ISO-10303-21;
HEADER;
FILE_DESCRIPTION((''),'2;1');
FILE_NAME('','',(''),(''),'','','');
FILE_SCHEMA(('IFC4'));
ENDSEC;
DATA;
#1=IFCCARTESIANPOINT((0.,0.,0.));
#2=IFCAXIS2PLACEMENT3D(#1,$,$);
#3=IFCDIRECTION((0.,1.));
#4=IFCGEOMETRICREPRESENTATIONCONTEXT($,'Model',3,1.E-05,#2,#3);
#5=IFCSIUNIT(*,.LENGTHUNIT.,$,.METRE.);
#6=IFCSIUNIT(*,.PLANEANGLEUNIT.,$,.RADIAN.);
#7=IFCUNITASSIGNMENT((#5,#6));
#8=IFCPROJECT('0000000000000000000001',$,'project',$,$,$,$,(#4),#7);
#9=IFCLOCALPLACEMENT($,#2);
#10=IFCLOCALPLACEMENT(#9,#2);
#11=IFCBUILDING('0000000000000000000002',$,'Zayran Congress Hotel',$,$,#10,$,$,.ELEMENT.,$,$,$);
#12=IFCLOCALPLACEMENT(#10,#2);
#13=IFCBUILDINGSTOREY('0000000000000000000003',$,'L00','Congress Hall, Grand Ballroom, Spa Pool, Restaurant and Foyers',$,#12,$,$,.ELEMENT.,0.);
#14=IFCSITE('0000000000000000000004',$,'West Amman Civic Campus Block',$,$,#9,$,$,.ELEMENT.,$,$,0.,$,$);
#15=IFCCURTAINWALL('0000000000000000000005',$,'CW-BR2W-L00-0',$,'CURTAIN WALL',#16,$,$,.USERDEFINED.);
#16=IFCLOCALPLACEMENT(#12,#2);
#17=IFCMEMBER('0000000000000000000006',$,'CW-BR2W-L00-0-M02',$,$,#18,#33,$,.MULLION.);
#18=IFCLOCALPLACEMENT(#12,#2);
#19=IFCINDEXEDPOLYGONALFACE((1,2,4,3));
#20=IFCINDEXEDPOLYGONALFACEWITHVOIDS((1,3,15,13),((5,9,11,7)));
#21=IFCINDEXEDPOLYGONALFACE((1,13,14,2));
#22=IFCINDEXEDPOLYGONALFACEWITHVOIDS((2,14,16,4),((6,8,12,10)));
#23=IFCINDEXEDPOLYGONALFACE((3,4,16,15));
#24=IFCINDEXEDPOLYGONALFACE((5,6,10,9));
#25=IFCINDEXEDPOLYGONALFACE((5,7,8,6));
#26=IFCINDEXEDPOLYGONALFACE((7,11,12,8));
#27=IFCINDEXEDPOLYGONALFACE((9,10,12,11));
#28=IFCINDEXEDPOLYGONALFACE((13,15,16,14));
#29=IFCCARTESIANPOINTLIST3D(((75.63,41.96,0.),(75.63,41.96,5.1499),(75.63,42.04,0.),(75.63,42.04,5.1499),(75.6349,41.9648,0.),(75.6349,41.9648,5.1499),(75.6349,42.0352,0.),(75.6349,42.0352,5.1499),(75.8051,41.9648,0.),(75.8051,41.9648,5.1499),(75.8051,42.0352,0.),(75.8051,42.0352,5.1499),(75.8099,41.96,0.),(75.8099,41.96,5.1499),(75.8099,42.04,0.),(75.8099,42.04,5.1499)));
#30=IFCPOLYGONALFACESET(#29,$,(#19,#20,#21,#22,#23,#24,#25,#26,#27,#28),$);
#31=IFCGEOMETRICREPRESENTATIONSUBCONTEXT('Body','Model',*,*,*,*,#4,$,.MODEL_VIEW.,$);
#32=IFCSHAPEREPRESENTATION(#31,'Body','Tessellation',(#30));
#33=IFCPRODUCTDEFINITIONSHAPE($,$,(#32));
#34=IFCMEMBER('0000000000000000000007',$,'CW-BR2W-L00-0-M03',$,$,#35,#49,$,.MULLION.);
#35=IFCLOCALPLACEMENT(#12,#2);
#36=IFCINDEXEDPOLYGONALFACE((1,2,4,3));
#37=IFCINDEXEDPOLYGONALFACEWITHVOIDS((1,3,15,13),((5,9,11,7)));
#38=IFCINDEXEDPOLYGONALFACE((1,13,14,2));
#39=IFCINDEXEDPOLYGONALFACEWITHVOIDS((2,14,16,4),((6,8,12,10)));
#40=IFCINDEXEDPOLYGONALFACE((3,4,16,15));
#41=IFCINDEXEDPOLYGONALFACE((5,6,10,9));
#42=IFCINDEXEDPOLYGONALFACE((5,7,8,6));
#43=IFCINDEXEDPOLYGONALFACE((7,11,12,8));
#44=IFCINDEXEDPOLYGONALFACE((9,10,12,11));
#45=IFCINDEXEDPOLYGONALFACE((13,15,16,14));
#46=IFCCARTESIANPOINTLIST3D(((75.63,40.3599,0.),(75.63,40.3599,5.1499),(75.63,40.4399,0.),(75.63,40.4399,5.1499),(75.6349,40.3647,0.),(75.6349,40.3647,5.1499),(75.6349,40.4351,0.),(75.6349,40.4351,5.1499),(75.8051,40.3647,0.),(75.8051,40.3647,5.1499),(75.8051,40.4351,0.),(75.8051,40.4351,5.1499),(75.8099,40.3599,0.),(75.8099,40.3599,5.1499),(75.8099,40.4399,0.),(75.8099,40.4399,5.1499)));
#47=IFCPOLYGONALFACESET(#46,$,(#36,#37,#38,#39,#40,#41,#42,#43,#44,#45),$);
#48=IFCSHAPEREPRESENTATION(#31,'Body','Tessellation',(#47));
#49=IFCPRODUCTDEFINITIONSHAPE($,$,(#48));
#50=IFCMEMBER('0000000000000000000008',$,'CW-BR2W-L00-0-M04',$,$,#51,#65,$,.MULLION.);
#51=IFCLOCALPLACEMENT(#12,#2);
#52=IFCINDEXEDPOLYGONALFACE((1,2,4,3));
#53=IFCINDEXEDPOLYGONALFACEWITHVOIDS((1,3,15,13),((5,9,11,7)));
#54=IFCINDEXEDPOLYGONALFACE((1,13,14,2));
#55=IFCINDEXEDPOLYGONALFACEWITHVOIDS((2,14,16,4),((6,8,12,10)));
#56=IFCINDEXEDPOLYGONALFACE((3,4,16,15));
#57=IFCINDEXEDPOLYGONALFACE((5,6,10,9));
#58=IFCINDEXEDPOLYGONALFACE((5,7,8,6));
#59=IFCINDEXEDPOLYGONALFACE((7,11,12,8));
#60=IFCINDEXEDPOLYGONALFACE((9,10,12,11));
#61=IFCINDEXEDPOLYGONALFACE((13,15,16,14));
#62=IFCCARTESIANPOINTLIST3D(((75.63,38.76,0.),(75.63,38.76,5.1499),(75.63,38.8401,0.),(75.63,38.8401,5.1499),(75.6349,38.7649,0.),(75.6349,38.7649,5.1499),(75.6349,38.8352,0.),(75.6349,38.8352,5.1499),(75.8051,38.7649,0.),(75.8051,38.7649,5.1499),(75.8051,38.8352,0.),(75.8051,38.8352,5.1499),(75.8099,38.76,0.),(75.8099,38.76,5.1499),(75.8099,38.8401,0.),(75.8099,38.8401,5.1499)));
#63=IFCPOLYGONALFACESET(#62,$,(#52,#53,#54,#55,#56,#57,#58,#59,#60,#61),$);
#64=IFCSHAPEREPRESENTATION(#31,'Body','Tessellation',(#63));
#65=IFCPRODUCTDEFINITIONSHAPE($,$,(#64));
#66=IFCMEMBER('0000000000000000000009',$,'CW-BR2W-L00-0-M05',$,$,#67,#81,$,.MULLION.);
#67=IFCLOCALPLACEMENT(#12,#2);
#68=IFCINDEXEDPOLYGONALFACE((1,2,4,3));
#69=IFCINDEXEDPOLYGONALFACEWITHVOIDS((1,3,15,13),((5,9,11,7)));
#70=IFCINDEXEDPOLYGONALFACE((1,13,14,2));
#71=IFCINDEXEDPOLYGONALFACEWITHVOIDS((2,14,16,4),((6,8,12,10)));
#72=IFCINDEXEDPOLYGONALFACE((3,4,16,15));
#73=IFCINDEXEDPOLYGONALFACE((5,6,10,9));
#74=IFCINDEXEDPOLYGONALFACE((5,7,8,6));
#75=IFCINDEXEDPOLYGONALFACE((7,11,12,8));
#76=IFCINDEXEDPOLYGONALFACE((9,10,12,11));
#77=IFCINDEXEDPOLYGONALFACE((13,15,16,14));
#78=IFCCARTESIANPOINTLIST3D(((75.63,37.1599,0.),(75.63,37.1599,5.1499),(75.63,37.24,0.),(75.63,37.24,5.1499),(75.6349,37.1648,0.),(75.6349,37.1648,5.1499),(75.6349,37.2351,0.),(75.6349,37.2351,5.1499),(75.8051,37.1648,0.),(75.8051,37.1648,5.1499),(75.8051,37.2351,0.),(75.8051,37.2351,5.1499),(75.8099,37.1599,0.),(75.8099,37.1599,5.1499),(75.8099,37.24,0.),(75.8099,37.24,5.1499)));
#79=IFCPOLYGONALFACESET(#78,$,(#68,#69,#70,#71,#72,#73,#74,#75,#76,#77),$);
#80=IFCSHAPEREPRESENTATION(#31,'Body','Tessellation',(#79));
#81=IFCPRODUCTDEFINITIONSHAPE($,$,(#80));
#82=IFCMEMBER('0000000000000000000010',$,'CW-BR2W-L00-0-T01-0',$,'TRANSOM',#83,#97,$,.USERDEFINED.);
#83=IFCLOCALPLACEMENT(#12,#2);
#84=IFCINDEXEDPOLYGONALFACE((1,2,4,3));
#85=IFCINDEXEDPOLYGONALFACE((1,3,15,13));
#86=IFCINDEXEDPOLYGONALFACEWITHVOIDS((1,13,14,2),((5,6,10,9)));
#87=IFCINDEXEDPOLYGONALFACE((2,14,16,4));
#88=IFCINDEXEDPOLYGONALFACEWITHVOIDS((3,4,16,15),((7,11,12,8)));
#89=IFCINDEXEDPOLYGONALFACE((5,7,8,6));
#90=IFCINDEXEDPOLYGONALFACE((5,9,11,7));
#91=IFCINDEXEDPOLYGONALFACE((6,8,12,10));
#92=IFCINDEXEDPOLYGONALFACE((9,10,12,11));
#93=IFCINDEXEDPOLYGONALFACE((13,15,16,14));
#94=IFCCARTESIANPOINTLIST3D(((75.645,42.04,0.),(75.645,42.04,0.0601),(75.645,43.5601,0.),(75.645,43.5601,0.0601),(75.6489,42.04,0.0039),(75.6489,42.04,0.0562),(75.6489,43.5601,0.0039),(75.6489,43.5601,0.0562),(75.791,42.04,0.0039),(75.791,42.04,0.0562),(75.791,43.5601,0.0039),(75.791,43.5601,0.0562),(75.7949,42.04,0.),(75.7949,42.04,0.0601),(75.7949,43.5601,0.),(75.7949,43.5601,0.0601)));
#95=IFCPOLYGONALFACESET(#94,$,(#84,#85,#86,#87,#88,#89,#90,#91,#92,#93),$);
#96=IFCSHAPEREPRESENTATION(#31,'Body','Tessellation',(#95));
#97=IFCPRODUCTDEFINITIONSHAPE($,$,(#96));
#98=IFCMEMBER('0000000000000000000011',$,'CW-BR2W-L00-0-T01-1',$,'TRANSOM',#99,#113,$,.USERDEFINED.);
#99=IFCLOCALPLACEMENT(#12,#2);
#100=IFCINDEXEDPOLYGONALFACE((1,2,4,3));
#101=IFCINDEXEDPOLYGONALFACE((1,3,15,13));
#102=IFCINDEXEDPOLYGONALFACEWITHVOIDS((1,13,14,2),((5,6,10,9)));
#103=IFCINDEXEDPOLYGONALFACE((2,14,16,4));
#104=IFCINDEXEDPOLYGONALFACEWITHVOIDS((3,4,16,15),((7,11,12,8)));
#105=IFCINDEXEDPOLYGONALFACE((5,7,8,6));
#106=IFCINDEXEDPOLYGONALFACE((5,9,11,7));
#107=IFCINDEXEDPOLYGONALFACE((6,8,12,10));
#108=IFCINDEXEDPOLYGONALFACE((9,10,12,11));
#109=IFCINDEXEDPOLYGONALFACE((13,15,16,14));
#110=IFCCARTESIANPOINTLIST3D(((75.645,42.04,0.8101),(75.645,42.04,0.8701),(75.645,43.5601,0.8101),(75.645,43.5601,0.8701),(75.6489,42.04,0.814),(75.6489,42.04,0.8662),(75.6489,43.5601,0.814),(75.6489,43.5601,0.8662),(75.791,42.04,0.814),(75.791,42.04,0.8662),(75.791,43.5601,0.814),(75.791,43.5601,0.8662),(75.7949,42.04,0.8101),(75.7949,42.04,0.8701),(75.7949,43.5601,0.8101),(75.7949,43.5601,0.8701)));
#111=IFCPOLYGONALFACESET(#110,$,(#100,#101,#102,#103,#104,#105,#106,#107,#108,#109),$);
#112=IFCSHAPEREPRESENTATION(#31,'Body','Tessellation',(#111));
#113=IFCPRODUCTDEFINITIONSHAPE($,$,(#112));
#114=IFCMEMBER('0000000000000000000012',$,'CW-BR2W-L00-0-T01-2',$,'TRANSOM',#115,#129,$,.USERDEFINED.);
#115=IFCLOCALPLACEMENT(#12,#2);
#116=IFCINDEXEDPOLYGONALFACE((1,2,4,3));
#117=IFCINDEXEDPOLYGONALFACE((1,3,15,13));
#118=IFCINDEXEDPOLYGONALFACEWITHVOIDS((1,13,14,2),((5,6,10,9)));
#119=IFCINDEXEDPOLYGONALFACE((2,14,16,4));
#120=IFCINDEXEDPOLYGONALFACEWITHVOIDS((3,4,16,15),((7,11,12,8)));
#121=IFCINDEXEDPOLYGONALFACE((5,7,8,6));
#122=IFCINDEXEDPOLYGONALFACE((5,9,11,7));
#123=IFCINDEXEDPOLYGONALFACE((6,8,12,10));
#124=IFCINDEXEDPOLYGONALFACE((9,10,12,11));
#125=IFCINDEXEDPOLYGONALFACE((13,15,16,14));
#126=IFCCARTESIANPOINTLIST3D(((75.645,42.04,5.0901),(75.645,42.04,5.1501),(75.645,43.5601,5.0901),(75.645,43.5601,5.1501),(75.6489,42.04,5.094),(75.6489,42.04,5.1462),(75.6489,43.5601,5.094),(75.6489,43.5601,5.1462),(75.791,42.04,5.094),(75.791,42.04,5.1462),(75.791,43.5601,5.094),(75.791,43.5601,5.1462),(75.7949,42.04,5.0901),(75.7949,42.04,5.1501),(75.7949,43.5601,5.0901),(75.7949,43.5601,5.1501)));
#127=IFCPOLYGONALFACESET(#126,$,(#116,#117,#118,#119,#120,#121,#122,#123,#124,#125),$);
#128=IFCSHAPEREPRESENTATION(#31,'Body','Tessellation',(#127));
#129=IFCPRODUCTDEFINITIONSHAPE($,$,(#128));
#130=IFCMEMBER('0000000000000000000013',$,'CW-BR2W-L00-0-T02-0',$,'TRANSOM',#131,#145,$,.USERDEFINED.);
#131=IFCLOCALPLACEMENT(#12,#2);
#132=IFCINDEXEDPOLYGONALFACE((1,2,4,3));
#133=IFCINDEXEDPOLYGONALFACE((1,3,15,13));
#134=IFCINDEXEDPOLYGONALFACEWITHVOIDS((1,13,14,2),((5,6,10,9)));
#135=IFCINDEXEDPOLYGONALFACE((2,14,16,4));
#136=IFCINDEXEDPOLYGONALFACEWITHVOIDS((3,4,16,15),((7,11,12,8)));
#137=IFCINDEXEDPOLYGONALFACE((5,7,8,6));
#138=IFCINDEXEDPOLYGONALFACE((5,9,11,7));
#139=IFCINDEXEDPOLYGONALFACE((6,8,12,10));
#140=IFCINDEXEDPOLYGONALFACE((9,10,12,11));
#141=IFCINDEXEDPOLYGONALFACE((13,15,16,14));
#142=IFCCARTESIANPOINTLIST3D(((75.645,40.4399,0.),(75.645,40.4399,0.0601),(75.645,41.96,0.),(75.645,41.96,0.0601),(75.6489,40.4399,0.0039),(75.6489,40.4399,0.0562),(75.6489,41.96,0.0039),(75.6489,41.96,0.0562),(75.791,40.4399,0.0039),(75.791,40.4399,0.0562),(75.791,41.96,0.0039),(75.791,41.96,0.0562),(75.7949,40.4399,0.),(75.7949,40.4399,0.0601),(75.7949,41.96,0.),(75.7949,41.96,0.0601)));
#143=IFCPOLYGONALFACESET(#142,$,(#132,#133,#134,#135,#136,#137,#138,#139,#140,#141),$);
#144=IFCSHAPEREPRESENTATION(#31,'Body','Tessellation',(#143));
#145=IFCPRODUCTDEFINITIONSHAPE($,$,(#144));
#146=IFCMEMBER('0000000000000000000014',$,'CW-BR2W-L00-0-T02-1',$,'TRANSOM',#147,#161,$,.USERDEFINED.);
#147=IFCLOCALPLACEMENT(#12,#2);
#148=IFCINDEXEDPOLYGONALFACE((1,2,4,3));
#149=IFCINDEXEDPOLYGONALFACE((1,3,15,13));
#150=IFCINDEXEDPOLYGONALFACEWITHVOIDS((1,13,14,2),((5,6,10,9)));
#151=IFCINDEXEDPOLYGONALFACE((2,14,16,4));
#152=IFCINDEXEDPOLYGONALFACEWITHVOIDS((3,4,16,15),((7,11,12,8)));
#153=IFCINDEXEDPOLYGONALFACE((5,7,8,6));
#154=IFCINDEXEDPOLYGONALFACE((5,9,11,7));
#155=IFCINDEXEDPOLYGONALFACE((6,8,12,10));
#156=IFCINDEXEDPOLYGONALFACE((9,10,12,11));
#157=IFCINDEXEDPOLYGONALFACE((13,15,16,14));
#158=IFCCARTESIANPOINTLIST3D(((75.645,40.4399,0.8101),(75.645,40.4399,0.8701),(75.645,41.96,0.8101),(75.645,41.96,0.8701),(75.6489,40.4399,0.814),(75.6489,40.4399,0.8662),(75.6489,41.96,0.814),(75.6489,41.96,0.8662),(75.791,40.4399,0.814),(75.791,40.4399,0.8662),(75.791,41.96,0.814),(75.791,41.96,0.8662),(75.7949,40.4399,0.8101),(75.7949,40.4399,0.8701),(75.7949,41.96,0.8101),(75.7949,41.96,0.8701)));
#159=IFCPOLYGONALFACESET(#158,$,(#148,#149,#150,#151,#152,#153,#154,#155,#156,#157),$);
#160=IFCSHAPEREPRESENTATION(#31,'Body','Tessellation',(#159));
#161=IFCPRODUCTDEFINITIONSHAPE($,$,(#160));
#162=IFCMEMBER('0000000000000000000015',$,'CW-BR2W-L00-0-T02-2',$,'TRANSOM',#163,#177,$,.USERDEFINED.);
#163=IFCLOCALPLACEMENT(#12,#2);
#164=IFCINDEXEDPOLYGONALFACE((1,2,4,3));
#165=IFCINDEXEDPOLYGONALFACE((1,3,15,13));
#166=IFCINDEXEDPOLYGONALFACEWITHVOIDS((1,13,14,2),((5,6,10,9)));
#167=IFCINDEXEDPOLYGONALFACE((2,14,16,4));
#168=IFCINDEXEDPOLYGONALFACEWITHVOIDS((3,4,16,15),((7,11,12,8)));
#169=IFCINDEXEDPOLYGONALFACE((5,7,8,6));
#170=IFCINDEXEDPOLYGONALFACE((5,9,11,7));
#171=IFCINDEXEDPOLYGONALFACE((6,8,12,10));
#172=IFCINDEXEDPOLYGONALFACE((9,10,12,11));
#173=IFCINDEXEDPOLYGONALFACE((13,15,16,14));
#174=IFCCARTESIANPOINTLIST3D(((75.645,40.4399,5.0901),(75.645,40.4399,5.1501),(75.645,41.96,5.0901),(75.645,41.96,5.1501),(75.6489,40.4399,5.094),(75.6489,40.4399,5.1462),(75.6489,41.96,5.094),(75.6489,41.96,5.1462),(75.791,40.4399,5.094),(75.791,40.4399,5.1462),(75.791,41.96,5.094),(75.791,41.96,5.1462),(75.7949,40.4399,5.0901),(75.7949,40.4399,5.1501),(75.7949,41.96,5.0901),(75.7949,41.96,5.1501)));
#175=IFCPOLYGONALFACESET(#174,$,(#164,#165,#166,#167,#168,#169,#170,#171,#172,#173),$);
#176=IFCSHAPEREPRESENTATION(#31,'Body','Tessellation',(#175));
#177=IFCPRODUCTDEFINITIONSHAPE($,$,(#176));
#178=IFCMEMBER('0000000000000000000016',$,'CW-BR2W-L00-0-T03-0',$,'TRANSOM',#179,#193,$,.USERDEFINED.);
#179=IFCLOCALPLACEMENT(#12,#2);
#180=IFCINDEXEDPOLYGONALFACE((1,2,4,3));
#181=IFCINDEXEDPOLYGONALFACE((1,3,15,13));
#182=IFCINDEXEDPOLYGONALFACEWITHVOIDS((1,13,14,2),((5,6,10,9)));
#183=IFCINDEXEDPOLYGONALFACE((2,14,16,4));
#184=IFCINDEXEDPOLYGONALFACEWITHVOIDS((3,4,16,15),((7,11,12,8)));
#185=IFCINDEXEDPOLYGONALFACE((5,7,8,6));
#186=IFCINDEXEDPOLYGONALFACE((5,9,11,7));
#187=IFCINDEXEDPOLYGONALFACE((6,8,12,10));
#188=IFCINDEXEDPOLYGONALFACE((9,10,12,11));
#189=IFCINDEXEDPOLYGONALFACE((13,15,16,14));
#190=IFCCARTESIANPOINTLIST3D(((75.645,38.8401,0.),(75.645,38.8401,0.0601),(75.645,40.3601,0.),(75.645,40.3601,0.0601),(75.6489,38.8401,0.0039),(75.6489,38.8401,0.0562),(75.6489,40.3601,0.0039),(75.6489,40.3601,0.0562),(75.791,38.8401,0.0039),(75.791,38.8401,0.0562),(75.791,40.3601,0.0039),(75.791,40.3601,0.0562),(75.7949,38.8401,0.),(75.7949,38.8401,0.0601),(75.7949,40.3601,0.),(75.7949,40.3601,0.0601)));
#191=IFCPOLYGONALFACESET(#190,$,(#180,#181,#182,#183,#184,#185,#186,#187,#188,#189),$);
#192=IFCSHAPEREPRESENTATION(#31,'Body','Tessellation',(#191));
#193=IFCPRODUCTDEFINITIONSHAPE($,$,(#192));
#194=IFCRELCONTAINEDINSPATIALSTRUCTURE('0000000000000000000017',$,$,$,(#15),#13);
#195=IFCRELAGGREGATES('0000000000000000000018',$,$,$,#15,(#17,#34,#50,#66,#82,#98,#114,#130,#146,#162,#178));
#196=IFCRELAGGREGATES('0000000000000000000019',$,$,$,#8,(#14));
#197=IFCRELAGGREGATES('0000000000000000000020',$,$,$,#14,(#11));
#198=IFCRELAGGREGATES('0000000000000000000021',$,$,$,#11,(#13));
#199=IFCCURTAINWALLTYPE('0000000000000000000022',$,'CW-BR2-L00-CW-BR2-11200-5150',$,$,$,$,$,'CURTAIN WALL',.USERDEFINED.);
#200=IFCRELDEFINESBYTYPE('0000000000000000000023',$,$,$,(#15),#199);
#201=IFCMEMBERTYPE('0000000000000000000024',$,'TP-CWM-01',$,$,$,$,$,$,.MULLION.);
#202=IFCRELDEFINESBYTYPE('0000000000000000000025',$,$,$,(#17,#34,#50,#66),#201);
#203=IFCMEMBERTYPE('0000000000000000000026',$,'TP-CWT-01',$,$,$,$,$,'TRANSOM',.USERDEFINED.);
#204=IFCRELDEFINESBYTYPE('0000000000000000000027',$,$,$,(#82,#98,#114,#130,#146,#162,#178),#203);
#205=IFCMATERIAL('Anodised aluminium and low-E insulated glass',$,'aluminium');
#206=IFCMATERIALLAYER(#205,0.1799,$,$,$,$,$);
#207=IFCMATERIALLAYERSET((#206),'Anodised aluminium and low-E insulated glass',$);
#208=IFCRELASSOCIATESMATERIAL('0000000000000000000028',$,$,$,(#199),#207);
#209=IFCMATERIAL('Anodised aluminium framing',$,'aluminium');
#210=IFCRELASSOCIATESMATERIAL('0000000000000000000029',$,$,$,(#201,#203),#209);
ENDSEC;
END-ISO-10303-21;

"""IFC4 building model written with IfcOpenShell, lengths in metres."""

from ifc_helpers import new_model, si_unit, direction, frame, origin, origin_2d, place, context, subcontext, project, spatial, hollow_rectangle, extrude, material, layer, layer_set, material_profile, profile_set, type_object, element, aggregate, save


model = new_model("IFC4")

# Units and contexts
model_context = context("Model", 3, precision=1e-05, world=origin(), true_north=direction((0.0, 1.0)))
body_context = subcontext(model_context, "Body", "Model", "MODEL_VIEW")
ifc_project = project(units=[si_unit("LENGTHUNIT", "METRE"), si_unit("PLANEANGLEUNIT", "RADIAN")], contexts=[model_context])

# Site, building, storey
site_placement = place(None, origin())
site = spatial("IfcSite", under=ifc_project, at=site_placement, Name="West Amman Civic Campus Block", CompositionType="ELEMENT", RefElevation=0.0)
building_placement = place(site_placement, origin())
building = spatial("IfcBuilding", under=site, at=building_placement, Name="Zayran Congress Hotel", CompositionType="ELEMENT")
storey_placement = place(building_placement, origin())
storey = spatial("IfcBuildingStorey", under=building, at=storey_placement, Name="L00", Description="Congress Hall, Grand Ballroom, Spa Pool, Restaurant and Foyers", CompositionType="ELEMENT", Elevation=0.0)

# Curtain wall, members
ifc_material_1 = material(Name="Anodised aluminium and low-E insulated glass", Category="aluminium")
ifc_layer_1 = layer(ifc_material_1, 0.1799)
ifc_layer_set_1 = layer_set([ifc_layer_1], Name="Anodised aluminium and low-E insulated glass")
curtain_wall_type = type_object("IfcCurtainWallType", Name="CW-BR2-L00-CW-BR2-11200-5150", ElementType="CURTAIN WALL", PredefinedType="USERDEFINED", material=ifc_layer_set_1)
curtain_wall_placement = place(storey_placement, origin())
curtain_wall = element("IfcCurtainWall", 1, at=curtain_wall_placement, inside=storey, type_object=curtain_wall_type, Name="CW-BR2W-L00-0", ObjectType="CURTAIN WALL", PredefinedType="USERDEFINED")
ifc_material_2 = material(Name="Anodised aluminium framing", Category="aluminium")
ifc_material_profile_1 = material_profile(ifc_material_2, hollow_rectangle(XDim=0.0801, YDim=0.1799, WallThickness=0.0049, at=origin_2d()), Name="RHS 180x80x5")
ifc_profile_set_1 = profile_set([ifc_material_profile_1], Name="Anodised aluminium framing")
member_type_1 = type_object("IfcMemberType", Name="TP-CWM-01", PredefinedType="MULLION", material=ifc_profile_set_1)
member_1_placement = place(storey_placement, frame((75.72, 42.0, 0.0), z_axis=(0.0, 0.0, 1.0), x_axis=(0.0, 1.0, 0.0)))
member_1 = element("IfcMember", 2, at=member_1_placement, type_object=member_type_1, Name="CW-BR2W-L00-0-M02", PredefinedType="MULLION", context=body_context, shape_type="SweptSolid", body=[
    extrude(hollow_rectangle(XDim=0.0801, YDim=0.1799, WallThickness=0.0049, at=origin_2d()), origin(), (0.0, 0.0, 1.0), 5.1499),
])
member_2_placement = place(storey_placement, frame((75.72, 40.3999, 0.0), z_axis=(0.0, 0.0, 1.0), x_axis=(0.0, 1.0, 0.0)))
member_2 = element("IfcMember", 3, at=member_2_placement, type_object=member_type_1, Name="CW-BR2W-L00-0-M03", PredefinedType="MULLION", context=body_context, shape_type="SweptSolid", body=[
    extrude(hollow_rectangle(XDim=0.0801, YDim=0.1799, WallThickness=0.0049, at=origin_2d()), origin(), (0.0, 0.0, 1.0), 5.1499),
])
member_3_placement = place(storey_placement, frame((75.72, 38.8, 0.0), z_axis=(0.0, 0.0, 1.0), x_axis=(0.0, 1.0, 0.0)))
member_3 = element("IfcMember", 4, at=member_3_placement, type_object=member_type_1, Name="CW-BR2W-L00-0-M04", PredefinedType="MULLION", context=body_context, shape_type="SweptSolid", body=[
    extrude(hollow_rectangle(XDim=0.0801, YDim=0.1799, WallThickness=0.0049, at=origin_2d()), origin(), (0.0, 0.0, 1.0), 5.1499),
])
member_4_placement = place(storey_placement, frame((75.72, 37.2, 0.0), z_axis=(0.0, 0.0, 1.0), x_axis=(0.0, 1.0, 0.0)))
member_4 = element("IfcMember", 5, at=member_4_placement, type_object=member_type_1, Name="CW-BR2W-L00-0-M05", PredefinedType="MULLION", context=body_context, shape_type="SweptSolid", body=[
    extrude(hollow_rectangle(XDim=0.0801, YDim=0.1799, WallThickness=0.0049, at=origin_2d()), origin(), (0.0, 0.0, 1.0), 5.1499),
])
ifc_material_profile_2 = material_profile(ifc_material_2, hollow_rectangle(XDim=0.0601, YDim=0.1499, WallThickness=0.0039, at=origin_2d()), Name="RHS 150x60x4")
ifc_profile_set_2 = profile_set([ifc_material_profile_2], Name="Anodised aluminium framing")
member_type_2 = type_object("IfcMemberType", Name="TP-CWT-01", ElementType="TRANSOM", PredefinedType="USERDEFINED", material=ifc_profile_set_2)
member_5_placement = place(storey_placement, frame((75.72, 43.5601, 0.03), z_axis=(0.0, -1.0, 0.0), x_axis=(0.0, 0.0, 1.0)))
member_5 = element("IfcMember", 6, at=member_5_placement, type_object=member_type_2, Name="CW-BR2W-L00-0-T01-0", ObjectType="TRANSOM", PredefinedType="USERDEFINED", context=body_context, shape_type="SweptSolid", body=[
    extrude(hollow_rectangle(XDim=0.0601, YDim=0.1499, WallThickness=0.0039, at=origin_2d()), origin(), (0.0, 0.0, 1.0), 1.52),
])
member_6_placement = place(storey_placement, frame((75.72, 43.5601, 0.8401), z_axis=(0.0, -1.0, 0.0), x_axis=(0.0, 0.0, 1.0)))
member_6 = element("IfcMember", 7, at=member_6_placement, type_object=member_type_2, Name="CW-BR2W-L00-0-T01-1", ObjectType="TRANSOM", PredefinedType="USERDEFINED", context=body_context, shape_type="SweptSolid", body=[
    extrude(hollow_rectangle(XDim=0.0601, YDim=0.1499, WallThickness=0.0039, at=origin_2d()), origin(), (0.0, 0.0, 1.0), 1.52),
])
member_7_placement = place(storey_placement, frame((75.72, 43.5601, 5.1201), z_axis=(0.0, -1.0, 0.0), x_axis=(0.0, 0.0, 1.0)))
member_7 = element("IfcMember", 8, at=member_7_placement, type_object=member_type_2, Name="CW-BR2W-L00-0-T01-2", ObjectType="TRANSOM", PredefinedType="USERDEFINED", context=body_context, shape_type="SweptSolid", body=[
    extrude(hollow_rectangle(XDim=0.0601, YDim=0.1499, WallThickness=0.0039, at=origin_2d()), origin(), (0.0, 0.0, 1.0), 1.52),
])
member_8_placement = place(storey_placement, frame((75.72, 41.96, 0.03), z_axis=(0.0, -1.0, 0.0), x_axis=(0.0, 0.0, 1.0)))
member_8 = element("IfcMember", 9, at=member_8_placement, type_object=member_type_2, Name="CW-BR2W-L00-0-T02-0", ObjectType="TRANSOM", PredefinedType="USERDEFINED", context=body_context, shape_type="SweptSolid", body=[
    extrude(hollow_rectangle(XDim=0.0601, YDim=0.1499, WallThickness=0.0039, at=origin_2d()), origin(), (0.0, 0.0, 1.0), 1.52),
])
member_9_placement = place(storey_placement, frame((75.72, 41.96, 0.8401), z_axis=(0.0, -1.0, 0.0), x_axis=(0.0, 0.0, 1.0)))
member_9 = element("IfcMember", 10, at=member_9_placement, type_object=member_type_2, Name="CW-BR2W-L00-0-T02-1", ObjectType="TRANSOM", PredefinedType="USERDEFINED", context=body_context, shape_type="SweptSolid", body=[
    extrude(hollow_rectangle(XDim=0.0601, YDim=0.1499, WallThickness=0.0039, at=origin_2d()), origin(), (0.0, 0.0, 1.0), 1.52),
])
member_10_placement = place(storey_placement, frame((75.72, 41.96, 5.1201), z_axis=(0.0, -1.0, 0.0), x_axis=(0.0, 0.0, 1.0)))
member_10 = element("IfcMember", 11, at=member_10_placement, type_object=member_type_2, Name="CW-BR2W-L00-0-T02-2", ObjectType="TRANSOM", PredefinedType="USERDEFINED", context=body_context, shape_type="SweptSolid", body=[
    extrude(hollow_rectangle(XDim=0.0601, YDim=0.1499, WallThickness=0.0039, at=origin_2d()), origin(), (0.0, 0.0, 1.0), 1.52),
])
member_11_placement = place(storey_placement, frame((75.72, 40.3601, 0.03), z_axis=(0.0, -1.0, 0.0), x_axis=(0.0, 0.0, 1.0)))
member_11 = element("IfcMember", 12, at=member_11_placement, type_object=member_type_2, Name="CW-BR2W-L00-0-T03-0", ObjectType="TRANSOM", PredefinedType="USERDEFINED", context=body_context, shape_type="SweptSolid", body=[
    extrude(hollow_rectangle(XDim=0.0601, YDim=0.1499, WallThickness=0.0039, at=origin_2d()), origin(), (0.0, 0.0, 1.0), 1.52),
])
aggregate(curtain_wall, [member_1, member_2, member_3, member_4, member_5, member_6, member_7, member_8, member_9, member_10, member_11])

save(model, "model.ifc")
